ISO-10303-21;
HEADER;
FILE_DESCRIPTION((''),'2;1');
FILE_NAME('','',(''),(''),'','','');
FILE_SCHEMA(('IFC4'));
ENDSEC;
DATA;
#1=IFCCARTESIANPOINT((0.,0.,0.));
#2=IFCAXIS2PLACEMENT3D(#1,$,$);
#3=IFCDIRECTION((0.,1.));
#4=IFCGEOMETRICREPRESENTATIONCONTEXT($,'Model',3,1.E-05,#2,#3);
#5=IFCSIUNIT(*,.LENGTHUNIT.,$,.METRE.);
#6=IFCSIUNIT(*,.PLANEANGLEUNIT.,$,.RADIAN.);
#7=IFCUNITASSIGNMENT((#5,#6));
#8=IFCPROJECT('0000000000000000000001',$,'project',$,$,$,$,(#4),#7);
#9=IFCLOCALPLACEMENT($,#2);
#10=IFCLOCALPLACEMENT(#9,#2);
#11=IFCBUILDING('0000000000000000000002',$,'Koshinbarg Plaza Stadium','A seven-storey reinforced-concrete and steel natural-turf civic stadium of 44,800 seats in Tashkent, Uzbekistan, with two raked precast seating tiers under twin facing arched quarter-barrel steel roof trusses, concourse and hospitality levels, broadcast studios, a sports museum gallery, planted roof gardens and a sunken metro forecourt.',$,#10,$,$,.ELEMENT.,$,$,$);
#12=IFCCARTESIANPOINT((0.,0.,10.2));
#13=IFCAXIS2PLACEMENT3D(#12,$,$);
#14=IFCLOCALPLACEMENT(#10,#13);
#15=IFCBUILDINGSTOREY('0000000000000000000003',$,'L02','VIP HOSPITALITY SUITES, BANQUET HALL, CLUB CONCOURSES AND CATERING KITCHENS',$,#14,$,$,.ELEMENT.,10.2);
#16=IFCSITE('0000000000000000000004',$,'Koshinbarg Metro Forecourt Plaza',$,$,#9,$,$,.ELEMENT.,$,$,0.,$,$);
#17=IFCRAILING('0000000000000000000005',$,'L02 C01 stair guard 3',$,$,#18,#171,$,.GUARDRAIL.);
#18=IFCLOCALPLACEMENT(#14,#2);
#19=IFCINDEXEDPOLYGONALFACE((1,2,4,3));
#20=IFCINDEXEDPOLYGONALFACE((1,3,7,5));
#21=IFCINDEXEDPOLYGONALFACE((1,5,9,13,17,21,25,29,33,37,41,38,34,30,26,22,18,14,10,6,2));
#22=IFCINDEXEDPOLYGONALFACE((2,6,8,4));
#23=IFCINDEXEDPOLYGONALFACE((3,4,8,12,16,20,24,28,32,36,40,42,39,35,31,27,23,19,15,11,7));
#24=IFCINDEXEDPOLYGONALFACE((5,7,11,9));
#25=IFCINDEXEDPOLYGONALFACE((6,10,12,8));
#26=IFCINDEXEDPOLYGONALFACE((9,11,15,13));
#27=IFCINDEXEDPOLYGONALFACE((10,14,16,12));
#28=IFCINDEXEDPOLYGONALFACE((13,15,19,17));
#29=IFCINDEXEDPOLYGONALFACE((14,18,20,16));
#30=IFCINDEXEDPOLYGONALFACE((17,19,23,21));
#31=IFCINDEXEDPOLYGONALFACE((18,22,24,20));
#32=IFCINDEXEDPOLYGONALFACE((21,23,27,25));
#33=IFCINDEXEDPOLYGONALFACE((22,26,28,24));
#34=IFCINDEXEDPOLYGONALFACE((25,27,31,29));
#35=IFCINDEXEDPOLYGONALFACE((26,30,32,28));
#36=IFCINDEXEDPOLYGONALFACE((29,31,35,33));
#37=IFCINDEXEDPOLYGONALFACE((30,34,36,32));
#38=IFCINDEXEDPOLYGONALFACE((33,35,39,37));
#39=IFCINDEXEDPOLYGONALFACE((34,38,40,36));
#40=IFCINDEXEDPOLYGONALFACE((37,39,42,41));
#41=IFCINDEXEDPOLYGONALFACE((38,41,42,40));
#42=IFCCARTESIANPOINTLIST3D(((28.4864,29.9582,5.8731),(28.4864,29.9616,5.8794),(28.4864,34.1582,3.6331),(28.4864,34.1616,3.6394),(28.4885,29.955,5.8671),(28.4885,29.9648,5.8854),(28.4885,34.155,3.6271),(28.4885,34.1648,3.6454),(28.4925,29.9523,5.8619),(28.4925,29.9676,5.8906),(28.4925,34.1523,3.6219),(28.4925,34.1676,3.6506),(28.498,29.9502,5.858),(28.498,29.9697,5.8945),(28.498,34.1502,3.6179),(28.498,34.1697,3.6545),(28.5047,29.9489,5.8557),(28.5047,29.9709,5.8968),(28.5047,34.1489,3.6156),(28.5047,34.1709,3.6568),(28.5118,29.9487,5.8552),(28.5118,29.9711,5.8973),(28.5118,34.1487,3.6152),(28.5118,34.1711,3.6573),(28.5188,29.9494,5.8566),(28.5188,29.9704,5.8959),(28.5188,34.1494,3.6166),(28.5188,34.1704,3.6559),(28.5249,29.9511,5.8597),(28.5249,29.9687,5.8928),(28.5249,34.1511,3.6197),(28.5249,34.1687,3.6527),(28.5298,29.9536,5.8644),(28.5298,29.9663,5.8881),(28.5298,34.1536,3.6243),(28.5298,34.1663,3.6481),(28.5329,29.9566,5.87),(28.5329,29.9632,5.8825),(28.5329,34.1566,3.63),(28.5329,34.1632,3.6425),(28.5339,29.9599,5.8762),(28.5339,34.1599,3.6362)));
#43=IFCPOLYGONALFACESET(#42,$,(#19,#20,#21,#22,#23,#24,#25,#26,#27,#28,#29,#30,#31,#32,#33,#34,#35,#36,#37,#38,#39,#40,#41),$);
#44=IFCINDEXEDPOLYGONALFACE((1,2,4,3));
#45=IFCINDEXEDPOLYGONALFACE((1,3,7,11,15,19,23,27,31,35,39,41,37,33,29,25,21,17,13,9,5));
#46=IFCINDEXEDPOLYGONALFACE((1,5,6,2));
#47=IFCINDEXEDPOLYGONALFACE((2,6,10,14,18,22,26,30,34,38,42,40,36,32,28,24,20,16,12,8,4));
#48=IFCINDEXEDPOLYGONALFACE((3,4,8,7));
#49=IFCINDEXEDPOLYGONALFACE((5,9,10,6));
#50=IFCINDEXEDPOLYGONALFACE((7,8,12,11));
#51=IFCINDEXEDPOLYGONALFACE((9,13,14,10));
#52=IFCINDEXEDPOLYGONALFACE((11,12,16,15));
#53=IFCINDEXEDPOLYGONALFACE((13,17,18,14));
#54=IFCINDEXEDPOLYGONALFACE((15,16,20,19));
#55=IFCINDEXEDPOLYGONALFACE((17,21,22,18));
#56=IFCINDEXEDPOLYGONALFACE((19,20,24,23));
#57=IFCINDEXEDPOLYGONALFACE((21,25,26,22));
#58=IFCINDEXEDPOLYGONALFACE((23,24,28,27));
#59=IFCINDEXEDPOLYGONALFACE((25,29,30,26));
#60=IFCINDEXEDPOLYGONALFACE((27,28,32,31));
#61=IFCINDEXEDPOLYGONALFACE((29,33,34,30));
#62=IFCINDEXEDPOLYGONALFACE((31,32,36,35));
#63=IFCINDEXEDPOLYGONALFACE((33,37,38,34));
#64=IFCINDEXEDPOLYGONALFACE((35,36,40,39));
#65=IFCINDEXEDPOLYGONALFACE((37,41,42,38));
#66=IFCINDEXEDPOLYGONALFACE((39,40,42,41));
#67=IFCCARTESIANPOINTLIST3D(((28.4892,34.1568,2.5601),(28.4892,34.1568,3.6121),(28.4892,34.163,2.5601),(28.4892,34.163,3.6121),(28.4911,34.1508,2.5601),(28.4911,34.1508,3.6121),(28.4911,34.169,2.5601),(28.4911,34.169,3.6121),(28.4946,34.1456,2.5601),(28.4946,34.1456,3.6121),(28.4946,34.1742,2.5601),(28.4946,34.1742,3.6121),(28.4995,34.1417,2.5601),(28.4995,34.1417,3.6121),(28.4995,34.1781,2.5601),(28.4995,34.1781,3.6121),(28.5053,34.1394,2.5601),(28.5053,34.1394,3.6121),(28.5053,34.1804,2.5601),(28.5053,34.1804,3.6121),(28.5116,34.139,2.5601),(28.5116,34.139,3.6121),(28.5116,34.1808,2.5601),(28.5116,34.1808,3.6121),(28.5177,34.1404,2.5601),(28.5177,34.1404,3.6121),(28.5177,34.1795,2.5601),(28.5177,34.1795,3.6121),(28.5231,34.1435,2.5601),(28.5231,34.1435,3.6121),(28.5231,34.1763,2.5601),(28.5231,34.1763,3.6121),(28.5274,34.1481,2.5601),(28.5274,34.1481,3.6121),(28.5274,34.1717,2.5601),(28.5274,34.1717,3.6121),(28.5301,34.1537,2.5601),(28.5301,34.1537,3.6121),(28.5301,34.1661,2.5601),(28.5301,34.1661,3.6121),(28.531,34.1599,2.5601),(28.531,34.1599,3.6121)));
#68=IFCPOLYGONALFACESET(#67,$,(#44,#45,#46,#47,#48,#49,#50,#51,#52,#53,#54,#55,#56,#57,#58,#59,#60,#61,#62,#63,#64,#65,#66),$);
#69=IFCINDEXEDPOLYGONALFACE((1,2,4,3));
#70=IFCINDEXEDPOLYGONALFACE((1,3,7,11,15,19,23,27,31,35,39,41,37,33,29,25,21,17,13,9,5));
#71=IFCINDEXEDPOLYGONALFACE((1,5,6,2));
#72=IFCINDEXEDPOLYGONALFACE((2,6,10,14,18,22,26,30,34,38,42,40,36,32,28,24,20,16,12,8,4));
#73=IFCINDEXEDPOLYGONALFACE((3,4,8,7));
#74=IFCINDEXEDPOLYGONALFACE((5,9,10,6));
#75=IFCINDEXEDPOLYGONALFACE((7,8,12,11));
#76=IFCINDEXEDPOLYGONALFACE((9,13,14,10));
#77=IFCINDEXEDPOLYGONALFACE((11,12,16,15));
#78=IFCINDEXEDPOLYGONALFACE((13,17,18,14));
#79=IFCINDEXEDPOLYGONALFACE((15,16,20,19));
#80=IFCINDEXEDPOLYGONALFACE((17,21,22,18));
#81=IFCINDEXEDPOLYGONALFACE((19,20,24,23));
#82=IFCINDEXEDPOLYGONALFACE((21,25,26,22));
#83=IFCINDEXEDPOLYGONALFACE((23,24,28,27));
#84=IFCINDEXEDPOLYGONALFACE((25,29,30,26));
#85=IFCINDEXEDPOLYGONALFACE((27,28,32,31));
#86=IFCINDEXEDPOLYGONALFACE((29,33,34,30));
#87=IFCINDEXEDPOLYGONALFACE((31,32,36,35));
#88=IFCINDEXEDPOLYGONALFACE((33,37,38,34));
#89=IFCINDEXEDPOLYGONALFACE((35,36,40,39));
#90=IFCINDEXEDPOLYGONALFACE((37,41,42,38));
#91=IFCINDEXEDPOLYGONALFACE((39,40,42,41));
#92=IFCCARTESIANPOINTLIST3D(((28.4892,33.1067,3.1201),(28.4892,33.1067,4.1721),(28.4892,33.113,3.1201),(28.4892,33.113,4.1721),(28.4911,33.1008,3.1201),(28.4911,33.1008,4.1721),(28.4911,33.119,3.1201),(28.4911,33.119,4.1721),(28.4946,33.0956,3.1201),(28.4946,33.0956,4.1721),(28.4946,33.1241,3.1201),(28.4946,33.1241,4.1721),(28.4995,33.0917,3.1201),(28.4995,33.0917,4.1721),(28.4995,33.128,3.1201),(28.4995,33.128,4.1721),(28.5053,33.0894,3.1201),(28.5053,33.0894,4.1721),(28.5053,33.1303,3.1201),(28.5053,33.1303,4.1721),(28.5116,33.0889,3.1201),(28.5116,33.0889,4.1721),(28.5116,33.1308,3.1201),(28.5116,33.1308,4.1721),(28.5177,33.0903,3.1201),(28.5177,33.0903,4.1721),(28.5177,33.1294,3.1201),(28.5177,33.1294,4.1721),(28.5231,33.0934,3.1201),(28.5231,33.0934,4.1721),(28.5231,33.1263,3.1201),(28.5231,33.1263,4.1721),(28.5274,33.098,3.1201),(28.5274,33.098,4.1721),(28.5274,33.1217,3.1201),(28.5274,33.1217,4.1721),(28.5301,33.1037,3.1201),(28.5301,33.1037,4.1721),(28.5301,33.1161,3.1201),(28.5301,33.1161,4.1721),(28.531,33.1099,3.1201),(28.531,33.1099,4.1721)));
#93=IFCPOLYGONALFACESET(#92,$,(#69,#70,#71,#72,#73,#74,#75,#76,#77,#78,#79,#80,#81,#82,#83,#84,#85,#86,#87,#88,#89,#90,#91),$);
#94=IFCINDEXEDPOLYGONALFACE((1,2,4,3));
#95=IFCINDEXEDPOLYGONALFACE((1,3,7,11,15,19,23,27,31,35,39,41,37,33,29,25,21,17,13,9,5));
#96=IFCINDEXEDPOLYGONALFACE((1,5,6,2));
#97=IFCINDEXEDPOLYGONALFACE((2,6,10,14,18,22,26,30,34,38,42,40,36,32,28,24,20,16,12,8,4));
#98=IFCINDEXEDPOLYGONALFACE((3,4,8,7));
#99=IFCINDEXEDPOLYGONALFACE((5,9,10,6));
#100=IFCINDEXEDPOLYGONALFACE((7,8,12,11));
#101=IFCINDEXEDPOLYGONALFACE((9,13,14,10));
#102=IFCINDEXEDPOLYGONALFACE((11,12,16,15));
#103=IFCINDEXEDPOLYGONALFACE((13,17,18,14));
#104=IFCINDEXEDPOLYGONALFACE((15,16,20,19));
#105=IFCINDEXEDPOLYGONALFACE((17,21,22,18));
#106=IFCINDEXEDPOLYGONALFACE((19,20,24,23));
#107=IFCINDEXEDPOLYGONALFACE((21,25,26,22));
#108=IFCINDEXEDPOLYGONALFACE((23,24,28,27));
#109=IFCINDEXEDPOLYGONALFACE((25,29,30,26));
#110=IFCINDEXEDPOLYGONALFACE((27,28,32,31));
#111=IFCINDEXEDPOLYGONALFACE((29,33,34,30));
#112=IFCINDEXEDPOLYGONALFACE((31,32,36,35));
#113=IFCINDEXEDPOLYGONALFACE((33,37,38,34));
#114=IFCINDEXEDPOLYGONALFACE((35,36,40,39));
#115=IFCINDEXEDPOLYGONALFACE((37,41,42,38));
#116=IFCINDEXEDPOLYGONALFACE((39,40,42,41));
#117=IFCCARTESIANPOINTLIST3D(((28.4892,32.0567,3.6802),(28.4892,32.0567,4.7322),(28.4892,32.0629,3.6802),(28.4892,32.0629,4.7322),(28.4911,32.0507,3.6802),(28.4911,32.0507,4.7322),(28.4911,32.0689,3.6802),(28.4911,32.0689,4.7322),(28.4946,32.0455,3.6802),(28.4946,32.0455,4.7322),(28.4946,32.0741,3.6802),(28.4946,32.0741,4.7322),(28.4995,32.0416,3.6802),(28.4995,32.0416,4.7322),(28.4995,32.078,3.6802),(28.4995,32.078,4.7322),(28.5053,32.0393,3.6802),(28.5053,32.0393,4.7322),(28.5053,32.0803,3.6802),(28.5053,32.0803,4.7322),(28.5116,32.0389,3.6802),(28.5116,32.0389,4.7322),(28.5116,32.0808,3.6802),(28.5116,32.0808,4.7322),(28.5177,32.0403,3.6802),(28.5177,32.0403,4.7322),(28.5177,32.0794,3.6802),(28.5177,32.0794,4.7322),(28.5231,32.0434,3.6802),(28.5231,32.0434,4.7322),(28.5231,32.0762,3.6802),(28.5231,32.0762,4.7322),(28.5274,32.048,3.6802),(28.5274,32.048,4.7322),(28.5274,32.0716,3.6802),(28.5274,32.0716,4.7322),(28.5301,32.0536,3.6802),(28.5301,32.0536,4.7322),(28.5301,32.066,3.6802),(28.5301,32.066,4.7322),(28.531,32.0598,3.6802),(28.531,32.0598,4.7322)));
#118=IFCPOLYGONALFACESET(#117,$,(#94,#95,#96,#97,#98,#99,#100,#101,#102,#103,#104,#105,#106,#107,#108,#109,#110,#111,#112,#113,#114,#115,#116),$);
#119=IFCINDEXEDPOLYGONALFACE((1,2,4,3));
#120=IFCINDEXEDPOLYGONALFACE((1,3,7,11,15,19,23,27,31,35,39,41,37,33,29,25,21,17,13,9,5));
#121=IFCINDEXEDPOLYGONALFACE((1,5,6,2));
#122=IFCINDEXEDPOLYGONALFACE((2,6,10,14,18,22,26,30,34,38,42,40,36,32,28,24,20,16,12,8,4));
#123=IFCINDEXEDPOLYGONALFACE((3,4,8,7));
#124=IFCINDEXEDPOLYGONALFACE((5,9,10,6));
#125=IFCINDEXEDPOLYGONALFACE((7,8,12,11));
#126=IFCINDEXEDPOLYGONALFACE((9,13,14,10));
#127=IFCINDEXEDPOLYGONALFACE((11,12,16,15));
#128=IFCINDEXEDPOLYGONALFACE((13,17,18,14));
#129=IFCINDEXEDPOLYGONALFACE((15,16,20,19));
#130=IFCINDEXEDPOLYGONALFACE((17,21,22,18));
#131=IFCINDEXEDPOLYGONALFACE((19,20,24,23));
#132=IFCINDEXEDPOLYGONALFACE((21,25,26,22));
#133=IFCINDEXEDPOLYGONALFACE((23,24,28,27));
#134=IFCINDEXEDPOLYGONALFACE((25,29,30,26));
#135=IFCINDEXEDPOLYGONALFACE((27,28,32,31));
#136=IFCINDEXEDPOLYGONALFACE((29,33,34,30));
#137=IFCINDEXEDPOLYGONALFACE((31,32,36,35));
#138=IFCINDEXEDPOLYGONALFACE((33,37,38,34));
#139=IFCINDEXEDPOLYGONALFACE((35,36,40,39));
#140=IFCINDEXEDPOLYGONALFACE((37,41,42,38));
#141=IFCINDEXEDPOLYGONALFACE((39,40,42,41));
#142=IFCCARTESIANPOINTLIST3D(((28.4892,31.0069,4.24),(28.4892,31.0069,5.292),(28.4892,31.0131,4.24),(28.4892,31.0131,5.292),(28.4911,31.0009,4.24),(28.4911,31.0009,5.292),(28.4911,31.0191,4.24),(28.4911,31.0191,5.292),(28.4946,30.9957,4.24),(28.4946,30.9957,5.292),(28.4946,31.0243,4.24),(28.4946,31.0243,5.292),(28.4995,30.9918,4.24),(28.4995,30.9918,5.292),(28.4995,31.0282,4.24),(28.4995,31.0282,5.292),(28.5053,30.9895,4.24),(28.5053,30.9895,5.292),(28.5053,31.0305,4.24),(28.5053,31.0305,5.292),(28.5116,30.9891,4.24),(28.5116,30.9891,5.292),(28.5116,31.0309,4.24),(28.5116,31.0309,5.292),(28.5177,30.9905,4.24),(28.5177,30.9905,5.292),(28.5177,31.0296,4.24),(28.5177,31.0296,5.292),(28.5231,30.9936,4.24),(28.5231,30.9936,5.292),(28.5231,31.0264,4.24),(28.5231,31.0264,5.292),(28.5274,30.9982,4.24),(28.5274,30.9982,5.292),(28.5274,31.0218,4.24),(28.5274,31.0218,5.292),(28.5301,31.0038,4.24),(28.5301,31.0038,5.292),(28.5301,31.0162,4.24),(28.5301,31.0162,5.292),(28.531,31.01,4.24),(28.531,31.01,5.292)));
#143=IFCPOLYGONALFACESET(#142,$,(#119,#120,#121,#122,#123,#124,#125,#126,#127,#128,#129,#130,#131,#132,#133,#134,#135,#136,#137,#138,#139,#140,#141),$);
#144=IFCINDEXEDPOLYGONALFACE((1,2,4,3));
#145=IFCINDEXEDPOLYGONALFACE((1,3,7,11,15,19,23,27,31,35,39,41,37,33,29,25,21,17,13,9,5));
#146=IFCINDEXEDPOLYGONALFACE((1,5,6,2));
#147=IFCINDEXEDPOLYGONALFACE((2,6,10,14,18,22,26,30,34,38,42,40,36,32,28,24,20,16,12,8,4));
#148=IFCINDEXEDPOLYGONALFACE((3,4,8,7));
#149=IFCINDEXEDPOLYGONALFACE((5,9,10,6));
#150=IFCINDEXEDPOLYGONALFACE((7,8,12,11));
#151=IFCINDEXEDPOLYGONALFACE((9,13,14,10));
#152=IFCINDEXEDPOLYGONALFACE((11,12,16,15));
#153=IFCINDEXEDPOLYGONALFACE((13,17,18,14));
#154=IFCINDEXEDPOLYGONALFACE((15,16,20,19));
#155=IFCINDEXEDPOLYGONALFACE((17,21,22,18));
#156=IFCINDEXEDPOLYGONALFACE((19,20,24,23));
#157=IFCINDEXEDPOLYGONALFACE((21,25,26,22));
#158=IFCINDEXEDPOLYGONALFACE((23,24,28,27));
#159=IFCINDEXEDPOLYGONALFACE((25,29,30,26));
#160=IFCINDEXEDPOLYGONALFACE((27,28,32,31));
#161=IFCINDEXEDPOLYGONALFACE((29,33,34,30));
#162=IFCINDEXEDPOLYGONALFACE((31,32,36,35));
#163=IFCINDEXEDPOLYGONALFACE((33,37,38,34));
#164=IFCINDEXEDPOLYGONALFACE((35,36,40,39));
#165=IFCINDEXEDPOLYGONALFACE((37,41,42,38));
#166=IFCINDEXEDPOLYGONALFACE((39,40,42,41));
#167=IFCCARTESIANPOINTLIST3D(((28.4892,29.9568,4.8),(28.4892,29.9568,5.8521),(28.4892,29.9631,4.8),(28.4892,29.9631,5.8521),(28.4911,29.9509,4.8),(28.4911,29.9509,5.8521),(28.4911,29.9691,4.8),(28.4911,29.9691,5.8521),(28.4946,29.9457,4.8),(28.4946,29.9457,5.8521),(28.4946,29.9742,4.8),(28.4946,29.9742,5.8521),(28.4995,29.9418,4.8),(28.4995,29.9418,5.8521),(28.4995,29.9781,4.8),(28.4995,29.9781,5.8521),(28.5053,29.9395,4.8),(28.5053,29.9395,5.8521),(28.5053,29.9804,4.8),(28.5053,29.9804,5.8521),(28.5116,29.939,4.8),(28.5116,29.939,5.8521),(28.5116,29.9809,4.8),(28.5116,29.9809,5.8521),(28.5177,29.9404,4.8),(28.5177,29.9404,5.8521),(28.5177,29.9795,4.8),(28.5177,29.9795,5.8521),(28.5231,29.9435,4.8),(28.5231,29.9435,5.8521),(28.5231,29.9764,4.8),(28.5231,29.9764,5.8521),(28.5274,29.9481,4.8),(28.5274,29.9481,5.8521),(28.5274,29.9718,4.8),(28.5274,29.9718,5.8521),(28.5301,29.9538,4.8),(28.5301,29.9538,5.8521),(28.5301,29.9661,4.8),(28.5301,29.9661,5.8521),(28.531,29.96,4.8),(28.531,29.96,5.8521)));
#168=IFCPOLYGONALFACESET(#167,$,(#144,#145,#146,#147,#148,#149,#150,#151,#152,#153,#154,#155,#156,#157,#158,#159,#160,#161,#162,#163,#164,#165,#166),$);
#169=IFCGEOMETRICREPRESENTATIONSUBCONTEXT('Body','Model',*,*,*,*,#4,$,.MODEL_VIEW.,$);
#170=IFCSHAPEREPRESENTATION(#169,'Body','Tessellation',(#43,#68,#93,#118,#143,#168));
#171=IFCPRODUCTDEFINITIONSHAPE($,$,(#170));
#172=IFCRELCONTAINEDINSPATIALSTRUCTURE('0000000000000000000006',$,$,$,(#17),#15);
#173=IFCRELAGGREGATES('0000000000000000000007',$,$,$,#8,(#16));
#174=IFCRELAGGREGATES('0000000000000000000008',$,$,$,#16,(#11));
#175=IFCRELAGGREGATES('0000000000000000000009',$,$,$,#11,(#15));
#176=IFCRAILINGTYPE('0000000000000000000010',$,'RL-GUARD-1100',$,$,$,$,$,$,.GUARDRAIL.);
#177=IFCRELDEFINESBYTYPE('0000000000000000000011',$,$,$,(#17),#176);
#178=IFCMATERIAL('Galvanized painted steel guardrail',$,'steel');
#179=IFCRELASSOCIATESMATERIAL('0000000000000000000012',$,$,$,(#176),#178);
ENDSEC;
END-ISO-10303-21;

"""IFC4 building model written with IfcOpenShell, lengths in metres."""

from ifc_helpers import new_model, si_unit, direction, frame, origin, origin_2d, place, context, subcontext, project, spatial, circle, extrude, material, type_object, element, save


model = new_model("IFC4")

# Units and contexts
model_context = context("Model", 3, precision=1e-05, world=origin(), true_north=direction((0.0, 1.0)))
body_context = subcontext(model_context, "Body", "Model", "MODEL_VIEW")
ifc_project = project(units=[si_unit("LENGTHUNIT", "METRE"), si_unit("PLANEANGLEUNIT", "RADIAN")], contexts=[model_context])

# Site, building, storey
site_placement = place(None, origin())
site = spatial("IfcSite", under=ifc_project, at=site_placement, Name="Koshinbarg Metro Forecourt Plaza", CompositionType="ELEMENT", RefElevation=0.0)
building_placement = place(site_placement, origin())
building = spatial("IfcBuilding", under=site, at=building_placement, Name="Koshinbarg Plaza Stadium", Description="A seven-storey reinforced-concrete and steel natural-turf civic stadium of 44,800 seats in Tashkent, Uzbekistan, with two raked precast seating tiers under twin facing arched quarter-barrel steel roof trusses, concourse and hospitality levels, broadcast studios, a sports museum gallery, planted roof gardens and a sunken metro forecourt.", CompositionType="ELEMENT")
storey_placement = place(building_placement, frame((0.0, 0.0, 10.2)))
storey = spatial("IfcBuildingStorey", under=building, at=storey_placement, Name="L02", Description="VIP HOSPITALITY SUITES, BANQUET HALL, CLUB CONCOURSES AND CATERING KITCHENS", CompositionType="ELEMENT", Elevation=10.2)

# Railing
ifc_material_1 = material(Name="Galvanized painted steel guardrail", Category="steel")
railing_type_1 = type_object("IfcRailingType", Name="RL-GUARD-1100", PredefinedType="GUARDRAIL", material=ifc_material_1)
railing_1_placement = place(storey_placement, frame((28.51, 34.1599, 2.5601)))
element("IfcRailing", 1, at=railing_1_placement, inside=storey, type_object=railing_type_1, Name="L02 C01 stair guard 3", PredefinedType="GUARDRAIL", context=body_context, shape_type="SweptSolid", body=[
    extrude(circle(Radius=0.0239, at=origin_2d()), frame((0.0, 0.0, 1.0762), z_axis=(0.0, -0.882352, 0.470591), x_axis=(1.0, 0.0, 0.0)), (0.0, 0.0, 1.0), 4.76),
    extrude(circle(Radius=0.021, at=origin_2d()), origin(), (0.0, 0.0, 1.0), 1.052),
    extrude(circle(Radius=0.021, at=origin_2d()), frame((0.0, -1.05, 0.5601)), (0.0, 0.0, 1.0), 1.052),
    extrude(circle(Radius=0.021, at=origin_2d()), frame((0.0, -2.1001, 1.1201)), (0.0, 0.0, 1.0), 1.052),
    extrude(circle(Radius=0.021, at=origin_2d()), frame((0.0, -3.1499, 1.6799)), (0.0, 0.0, 1.0), 1.052),
    extrude(circle(Radius=0.021, at=origin_2d()), frame((0.0, -4.2, 2.24)), (0.0, 0.0, 1.0), 1.052),
])

save(model, "model.ifc")
